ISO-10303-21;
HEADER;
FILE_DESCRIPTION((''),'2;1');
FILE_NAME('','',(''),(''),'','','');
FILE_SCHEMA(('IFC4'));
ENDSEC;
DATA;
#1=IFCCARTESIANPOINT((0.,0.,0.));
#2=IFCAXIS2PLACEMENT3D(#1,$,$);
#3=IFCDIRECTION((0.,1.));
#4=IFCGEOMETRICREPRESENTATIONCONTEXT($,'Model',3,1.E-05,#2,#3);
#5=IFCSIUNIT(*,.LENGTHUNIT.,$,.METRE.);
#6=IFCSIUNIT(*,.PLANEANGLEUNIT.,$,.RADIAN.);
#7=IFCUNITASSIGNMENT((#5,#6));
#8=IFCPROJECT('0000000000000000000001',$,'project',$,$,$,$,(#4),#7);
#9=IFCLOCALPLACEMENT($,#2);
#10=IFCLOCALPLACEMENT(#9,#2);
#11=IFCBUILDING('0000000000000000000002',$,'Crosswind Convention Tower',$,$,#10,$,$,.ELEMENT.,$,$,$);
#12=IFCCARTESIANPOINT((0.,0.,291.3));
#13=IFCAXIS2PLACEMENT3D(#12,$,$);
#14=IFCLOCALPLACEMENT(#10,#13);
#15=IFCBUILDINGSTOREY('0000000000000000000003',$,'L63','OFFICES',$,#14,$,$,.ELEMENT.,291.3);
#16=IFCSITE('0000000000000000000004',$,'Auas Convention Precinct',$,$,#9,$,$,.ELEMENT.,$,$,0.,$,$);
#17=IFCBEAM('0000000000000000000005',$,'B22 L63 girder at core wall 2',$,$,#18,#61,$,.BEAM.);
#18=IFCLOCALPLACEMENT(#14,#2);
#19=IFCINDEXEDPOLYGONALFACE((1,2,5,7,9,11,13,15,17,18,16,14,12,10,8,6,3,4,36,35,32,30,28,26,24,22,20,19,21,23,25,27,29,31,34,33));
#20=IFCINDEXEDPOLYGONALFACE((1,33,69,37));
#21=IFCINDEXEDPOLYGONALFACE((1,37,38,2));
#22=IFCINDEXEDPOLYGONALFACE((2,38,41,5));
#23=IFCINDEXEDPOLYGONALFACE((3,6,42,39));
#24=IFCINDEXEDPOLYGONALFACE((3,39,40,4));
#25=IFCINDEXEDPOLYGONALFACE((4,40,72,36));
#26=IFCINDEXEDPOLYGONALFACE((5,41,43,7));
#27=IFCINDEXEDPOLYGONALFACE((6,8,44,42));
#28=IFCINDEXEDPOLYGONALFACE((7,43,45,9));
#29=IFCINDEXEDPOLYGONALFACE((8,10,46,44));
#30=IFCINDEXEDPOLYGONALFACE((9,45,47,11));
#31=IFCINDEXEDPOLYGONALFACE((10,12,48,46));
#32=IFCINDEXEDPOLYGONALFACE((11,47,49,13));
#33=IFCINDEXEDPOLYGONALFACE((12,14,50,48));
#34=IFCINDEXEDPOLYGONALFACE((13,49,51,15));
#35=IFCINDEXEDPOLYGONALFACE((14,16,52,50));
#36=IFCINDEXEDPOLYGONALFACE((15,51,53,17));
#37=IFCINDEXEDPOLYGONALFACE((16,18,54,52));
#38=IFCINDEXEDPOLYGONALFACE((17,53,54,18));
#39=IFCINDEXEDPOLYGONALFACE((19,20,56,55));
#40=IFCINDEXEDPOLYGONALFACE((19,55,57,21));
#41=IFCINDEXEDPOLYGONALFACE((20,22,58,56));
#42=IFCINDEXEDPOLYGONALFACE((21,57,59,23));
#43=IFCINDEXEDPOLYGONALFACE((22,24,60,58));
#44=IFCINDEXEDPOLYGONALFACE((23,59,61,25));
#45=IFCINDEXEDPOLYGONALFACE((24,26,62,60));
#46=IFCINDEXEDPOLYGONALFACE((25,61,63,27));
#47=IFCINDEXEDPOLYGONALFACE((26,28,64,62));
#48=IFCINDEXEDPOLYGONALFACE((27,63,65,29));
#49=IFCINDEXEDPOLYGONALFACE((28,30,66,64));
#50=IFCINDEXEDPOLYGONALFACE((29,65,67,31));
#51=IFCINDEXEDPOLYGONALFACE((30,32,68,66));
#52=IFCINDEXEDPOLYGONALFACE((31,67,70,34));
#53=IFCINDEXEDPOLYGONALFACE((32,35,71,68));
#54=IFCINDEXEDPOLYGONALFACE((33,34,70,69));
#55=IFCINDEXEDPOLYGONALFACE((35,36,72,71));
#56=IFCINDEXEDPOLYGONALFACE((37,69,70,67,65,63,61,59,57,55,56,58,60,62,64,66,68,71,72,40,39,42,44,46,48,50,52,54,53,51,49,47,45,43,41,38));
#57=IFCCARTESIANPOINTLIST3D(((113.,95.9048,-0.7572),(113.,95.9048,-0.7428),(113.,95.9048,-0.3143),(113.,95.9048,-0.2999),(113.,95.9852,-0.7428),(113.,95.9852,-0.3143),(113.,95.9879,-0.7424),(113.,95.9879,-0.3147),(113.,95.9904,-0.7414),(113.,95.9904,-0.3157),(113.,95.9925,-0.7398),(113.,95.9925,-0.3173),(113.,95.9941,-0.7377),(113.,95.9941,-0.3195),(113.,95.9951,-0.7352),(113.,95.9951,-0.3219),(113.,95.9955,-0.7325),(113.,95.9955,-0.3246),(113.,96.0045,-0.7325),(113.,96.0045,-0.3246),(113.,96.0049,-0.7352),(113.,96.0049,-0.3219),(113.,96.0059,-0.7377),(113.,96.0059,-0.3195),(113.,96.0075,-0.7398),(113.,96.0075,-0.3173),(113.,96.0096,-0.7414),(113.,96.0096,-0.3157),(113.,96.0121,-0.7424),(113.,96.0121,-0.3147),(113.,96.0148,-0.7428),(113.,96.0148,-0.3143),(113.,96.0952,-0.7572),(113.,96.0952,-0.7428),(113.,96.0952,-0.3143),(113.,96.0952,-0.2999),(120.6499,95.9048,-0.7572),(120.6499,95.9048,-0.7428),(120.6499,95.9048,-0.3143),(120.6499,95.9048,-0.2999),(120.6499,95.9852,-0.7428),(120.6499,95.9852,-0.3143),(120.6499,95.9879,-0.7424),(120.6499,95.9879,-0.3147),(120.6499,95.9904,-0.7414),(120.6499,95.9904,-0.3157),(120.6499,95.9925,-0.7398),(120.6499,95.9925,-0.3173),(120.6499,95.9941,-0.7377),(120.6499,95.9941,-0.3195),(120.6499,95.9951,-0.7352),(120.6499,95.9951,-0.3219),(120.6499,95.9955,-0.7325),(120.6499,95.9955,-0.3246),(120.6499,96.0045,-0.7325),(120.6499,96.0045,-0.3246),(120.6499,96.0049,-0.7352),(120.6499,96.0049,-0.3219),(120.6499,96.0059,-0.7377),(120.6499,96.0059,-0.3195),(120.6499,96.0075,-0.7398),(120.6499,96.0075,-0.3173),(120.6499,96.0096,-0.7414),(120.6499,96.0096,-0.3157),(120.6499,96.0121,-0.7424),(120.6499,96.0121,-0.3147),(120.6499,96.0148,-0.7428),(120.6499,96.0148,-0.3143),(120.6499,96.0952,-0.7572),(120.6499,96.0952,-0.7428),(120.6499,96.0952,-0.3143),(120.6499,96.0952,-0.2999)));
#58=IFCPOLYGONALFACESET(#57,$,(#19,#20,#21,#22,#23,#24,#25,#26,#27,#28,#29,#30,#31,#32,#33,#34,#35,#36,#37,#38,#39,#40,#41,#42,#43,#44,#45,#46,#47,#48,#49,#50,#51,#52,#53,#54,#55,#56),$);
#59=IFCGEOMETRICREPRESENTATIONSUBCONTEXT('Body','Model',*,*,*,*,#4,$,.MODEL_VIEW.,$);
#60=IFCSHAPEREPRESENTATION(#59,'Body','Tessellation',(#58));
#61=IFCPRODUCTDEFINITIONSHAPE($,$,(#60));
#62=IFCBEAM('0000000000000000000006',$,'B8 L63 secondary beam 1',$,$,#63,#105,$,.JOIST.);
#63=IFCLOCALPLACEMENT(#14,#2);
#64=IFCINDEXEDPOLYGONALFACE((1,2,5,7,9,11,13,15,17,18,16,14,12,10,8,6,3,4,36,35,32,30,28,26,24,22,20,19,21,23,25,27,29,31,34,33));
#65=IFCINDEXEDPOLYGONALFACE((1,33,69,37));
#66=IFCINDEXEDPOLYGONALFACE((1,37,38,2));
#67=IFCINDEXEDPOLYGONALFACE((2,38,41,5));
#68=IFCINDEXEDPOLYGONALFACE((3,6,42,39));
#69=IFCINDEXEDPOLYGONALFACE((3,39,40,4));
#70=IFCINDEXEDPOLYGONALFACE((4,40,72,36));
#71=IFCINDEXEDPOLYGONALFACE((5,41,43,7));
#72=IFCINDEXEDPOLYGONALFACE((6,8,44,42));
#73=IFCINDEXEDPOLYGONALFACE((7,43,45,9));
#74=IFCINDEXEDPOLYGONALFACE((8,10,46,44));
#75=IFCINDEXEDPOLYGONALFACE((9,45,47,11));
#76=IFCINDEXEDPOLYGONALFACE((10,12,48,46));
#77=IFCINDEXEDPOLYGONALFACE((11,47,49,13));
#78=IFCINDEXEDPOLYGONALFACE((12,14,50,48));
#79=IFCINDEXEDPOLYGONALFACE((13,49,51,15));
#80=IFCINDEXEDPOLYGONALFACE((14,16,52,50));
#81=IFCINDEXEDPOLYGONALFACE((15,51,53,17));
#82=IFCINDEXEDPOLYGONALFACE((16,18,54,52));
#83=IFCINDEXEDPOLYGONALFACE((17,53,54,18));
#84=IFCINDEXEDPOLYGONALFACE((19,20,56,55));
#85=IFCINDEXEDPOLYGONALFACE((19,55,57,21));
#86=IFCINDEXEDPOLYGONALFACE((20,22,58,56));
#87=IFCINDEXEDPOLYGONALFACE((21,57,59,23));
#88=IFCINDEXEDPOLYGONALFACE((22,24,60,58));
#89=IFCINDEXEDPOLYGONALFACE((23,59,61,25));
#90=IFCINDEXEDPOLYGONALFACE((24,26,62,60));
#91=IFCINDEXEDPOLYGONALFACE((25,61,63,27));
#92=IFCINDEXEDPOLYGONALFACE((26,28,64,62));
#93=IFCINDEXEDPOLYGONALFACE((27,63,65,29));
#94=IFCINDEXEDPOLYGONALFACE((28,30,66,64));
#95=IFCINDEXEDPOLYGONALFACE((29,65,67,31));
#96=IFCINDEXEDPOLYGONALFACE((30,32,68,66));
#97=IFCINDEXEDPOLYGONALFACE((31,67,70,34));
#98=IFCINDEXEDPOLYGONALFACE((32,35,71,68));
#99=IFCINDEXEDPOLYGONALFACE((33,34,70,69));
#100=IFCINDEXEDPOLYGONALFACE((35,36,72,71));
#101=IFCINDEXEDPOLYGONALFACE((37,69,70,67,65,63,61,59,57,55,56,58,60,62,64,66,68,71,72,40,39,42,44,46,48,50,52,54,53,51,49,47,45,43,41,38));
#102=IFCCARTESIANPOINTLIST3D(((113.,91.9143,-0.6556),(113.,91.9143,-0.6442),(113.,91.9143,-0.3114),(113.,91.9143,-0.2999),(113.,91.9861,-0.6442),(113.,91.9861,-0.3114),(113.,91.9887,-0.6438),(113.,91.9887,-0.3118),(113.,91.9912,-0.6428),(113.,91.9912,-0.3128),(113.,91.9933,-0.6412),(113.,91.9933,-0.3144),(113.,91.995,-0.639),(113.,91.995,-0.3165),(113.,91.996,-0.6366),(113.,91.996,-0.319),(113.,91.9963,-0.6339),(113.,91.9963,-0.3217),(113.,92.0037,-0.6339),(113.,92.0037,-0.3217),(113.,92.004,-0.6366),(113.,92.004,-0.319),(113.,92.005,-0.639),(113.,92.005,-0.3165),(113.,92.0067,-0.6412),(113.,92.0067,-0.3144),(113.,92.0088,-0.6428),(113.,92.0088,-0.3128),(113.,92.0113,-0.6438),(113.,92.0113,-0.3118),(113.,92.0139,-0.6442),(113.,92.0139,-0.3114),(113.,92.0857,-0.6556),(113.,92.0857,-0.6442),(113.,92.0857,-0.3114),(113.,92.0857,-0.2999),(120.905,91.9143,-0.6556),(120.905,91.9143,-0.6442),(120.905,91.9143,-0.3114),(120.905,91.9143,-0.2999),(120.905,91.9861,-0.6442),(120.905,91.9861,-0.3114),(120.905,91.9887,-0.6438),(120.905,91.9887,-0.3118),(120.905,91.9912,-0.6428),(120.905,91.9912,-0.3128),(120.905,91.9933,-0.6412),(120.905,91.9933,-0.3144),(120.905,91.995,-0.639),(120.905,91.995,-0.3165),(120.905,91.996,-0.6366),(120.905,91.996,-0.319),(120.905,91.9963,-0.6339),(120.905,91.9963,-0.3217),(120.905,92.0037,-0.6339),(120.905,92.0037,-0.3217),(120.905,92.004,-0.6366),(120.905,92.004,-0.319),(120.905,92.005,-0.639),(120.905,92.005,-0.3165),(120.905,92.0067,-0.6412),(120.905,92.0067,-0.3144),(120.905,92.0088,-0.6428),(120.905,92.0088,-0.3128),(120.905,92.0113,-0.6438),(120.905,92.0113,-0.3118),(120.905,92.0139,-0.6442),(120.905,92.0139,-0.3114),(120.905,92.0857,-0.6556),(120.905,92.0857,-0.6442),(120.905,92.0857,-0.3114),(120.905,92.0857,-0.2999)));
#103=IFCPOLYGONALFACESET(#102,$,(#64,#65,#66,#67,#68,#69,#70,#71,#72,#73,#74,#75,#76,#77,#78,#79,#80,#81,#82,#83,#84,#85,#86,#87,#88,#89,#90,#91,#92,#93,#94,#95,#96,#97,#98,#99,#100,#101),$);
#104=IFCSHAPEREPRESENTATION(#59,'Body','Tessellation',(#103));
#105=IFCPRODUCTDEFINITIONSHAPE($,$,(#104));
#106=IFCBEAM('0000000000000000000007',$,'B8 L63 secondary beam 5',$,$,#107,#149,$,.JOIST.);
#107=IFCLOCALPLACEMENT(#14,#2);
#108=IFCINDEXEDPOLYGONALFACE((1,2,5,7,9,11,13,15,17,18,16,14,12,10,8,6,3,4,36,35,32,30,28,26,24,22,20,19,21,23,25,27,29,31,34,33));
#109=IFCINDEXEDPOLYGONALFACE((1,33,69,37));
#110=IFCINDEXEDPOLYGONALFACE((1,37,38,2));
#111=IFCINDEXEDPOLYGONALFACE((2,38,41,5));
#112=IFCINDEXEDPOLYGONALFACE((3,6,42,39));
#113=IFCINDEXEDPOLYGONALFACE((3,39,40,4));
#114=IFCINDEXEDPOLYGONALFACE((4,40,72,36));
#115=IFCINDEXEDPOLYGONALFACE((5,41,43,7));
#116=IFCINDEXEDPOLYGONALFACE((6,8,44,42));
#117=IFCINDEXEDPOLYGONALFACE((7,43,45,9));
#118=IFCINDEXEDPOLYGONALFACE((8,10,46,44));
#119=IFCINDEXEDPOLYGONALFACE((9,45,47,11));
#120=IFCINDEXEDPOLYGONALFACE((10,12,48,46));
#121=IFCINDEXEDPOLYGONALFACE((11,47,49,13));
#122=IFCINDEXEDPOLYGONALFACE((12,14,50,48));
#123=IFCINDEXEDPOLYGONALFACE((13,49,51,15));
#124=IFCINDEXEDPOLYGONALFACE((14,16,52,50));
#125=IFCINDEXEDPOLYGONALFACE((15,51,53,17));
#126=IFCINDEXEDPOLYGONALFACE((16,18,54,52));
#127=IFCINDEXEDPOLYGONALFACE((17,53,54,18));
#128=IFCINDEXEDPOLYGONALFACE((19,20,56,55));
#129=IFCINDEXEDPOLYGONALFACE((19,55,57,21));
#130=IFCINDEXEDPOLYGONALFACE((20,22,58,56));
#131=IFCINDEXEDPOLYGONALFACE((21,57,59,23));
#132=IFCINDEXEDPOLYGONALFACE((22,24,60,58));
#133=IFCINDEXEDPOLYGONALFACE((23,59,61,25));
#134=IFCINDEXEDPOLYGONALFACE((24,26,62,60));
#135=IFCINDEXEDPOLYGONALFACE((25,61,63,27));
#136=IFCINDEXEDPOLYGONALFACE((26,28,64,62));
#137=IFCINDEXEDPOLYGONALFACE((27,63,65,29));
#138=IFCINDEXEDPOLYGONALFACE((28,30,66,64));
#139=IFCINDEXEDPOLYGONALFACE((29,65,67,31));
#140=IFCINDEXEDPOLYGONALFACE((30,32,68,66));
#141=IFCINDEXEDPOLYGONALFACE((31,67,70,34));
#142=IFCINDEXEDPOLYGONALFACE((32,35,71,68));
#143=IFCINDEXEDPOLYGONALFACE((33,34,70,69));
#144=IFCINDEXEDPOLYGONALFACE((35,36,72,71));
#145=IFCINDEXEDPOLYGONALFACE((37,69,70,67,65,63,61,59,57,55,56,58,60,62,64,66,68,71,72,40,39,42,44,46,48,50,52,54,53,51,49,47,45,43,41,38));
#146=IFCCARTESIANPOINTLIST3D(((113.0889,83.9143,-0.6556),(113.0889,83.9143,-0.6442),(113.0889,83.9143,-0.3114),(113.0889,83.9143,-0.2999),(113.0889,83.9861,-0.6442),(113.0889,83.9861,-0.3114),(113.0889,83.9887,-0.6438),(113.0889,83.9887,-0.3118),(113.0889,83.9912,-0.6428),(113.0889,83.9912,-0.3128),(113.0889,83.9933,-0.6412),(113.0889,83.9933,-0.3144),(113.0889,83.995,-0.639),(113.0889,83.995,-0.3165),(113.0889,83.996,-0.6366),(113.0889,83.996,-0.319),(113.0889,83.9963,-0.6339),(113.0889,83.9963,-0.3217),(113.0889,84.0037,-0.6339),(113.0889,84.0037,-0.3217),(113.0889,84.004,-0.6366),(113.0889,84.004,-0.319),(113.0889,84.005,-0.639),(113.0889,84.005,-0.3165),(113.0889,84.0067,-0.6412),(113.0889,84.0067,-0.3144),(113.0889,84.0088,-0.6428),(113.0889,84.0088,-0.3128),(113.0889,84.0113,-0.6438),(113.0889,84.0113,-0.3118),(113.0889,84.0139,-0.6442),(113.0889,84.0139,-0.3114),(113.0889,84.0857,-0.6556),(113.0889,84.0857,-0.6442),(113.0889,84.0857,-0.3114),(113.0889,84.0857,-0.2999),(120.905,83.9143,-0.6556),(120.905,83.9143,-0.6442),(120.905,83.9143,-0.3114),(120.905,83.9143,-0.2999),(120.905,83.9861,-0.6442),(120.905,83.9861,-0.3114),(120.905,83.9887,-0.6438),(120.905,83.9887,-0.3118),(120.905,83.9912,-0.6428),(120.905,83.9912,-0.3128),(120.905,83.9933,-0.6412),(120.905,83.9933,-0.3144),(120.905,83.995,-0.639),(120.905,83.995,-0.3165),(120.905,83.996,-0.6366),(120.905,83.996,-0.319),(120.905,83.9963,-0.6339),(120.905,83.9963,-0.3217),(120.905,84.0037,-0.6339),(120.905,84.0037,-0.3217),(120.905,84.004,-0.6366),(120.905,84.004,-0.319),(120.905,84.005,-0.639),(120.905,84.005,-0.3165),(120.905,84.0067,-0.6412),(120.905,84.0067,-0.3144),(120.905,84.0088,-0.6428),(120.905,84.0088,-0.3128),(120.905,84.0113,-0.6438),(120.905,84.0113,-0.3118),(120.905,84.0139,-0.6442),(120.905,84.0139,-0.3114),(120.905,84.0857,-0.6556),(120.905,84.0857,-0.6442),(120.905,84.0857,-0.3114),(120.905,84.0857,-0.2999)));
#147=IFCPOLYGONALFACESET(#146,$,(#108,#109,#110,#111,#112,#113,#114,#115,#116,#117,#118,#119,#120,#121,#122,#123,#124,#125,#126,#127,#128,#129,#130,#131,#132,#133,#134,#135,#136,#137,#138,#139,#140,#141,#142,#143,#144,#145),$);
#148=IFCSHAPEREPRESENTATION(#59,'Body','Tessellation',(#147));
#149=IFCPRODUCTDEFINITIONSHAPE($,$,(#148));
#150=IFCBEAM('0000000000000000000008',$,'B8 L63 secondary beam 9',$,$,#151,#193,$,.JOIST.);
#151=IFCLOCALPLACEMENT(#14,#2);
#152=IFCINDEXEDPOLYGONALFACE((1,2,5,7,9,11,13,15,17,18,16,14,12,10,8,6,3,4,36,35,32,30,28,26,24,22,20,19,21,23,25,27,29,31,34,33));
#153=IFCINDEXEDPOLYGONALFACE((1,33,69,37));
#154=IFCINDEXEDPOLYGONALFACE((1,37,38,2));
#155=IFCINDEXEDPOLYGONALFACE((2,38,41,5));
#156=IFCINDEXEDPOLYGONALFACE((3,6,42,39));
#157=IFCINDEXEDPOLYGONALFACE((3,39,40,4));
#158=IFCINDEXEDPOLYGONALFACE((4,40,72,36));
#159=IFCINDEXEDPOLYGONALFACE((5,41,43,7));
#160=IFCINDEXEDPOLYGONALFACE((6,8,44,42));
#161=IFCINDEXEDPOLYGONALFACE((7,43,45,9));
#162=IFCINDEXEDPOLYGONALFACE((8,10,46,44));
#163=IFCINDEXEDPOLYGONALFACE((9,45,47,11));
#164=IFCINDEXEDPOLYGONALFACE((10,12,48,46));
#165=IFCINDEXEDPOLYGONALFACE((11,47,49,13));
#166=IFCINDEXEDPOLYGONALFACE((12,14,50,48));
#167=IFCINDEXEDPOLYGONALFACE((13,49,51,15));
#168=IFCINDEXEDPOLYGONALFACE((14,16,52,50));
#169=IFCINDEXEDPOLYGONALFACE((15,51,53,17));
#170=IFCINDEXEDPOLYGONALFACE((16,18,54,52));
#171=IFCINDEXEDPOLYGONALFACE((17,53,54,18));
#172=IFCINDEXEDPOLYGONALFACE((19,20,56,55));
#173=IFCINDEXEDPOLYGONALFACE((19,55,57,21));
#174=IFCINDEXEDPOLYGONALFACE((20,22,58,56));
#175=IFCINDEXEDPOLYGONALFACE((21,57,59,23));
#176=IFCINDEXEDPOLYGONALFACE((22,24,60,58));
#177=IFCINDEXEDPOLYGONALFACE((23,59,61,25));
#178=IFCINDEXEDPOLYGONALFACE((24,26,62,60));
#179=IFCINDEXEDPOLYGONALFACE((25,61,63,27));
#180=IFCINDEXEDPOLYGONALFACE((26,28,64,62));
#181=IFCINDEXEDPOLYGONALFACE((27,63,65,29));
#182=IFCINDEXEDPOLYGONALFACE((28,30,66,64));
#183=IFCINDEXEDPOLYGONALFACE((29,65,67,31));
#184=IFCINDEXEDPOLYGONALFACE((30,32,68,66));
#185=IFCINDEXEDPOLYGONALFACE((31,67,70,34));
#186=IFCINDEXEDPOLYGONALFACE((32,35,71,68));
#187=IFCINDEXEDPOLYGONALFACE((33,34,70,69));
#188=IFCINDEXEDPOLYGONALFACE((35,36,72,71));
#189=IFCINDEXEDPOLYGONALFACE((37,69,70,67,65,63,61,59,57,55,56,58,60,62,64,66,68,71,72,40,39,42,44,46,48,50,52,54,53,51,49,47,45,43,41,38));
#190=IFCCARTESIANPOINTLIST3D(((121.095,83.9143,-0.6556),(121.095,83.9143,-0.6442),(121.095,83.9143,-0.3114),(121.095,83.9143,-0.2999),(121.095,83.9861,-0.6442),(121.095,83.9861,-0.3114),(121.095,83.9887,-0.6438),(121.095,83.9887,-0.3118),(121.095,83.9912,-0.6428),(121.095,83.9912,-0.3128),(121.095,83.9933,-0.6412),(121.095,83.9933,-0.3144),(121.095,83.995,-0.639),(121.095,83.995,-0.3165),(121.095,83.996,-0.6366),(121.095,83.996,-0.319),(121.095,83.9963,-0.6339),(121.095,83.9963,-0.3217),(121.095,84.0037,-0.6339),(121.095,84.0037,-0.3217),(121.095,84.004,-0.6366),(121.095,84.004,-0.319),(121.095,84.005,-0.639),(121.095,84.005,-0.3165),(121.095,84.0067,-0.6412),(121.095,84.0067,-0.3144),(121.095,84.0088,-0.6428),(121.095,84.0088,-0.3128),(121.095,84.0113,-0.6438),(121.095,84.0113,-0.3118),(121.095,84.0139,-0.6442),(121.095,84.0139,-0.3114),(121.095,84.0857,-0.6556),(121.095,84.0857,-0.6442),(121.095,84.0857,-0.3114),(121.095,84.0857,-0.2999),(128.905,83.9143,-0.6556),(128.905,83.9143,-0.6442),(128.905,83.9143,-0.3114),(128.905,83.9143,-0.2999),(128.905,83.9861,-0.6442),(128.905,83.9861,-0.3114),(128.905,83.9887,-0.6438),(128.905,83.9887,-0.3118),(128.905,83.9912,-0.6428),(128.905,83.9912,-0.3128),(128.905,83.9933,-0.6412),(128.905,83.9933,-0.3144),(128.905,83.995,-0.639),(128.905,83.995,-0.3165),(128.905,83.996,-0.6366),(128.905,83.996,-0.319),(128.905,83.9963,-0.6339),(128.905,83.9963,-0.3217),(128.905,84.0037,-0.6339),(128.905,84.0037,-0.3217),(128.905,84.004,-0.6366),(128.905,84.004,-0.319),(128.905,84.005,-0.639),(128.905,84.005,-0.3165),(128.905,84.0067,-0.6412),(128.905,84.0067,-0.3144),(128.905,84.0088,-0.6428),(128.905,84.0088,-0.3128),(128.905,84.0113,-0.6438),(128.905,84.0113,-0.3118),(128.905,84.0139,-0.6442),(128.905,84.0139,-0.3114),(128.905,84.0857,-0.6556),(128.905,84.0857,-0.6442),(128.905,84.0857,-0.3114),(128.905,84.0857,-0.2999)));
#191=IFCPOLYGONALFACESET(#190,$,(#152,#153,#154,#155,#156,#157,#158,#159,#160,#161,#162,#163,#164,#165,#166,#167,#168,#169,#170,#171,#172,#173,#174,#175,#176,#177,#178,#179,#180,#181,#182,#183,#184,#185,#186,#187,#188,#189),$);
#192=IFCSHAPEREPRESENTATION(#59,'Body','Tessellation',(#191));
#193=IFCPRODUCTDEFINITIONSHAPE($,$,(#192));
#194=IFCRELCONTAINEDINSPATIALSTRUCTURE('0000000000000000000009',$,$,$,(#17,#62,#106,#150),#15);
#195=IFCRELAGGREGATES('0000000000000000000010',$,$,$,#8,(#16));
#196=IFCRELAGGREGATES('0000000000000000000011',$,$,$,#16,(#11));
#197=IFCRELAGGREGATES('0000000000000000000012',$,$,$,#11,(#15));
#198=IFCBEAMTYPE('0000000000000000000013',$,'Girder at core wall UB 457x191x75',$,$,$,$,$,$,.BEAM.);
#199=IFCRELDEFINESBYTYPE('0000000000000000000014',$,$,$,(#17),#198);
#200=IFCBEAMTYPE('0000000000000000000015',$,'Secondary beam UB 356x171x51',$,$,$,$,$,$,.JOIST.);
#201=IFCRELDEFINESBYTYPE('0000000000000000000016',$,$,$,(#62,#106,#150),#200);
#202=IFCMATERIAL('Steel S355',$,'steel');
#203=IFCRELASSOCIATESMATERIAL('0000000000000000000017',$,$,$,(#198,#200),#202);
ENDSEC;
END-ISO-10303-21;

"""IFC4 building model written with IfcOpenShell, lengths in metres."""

from ifc_helpers import new_model, si_unit, direction, frame, origin, origin_2d, place, context, subcontext, project, spatial, i_section, extrude, material, material_profile, profile_set, type_object, element, save


model = new_model("IFC4")

# Units and contexts
model_context = context("Model", 3, precision=1e-05, world=origin(), true_north=direction((0.0, 1.0)))
body_context = subcontext(model_context, "Body", "Model", "MODEL_VIEW")
ifc_project = project(units=[si_unit("LENGTHUNIT", "METRE"), si_unit("PLANEANGLEUNIT", "RADIAN")], contexts=[model_context])

# Site, building, storey
site_placement = place(None, origin())
site = spatial("IfcSite", under=ifc_project, at=site_placement, Name="Auas Convention Precinct", CompositionType="ELEMENT", RefElevation=0.0)
building_placement = place(site_placement, origin())
building = spatial("IfcBuilding", under=site, at=building_placement, Name="Crosswind Convention Tower", CompositionType="ELEMENT")
storey_placement = place(building_placement, frame((0.0, 0.0, 291.3)))
storey = spatial("IfcBuildingStorey", under=building, at=storey_placement, Name="L63", Description="OFFICES", CompositionType="ELEMENT", Elevation=291.3)

# Beams
ifc_material_1 = material(Name="Steel S355", Category="steel")
ifc_material_profile_1 = material_profile(ifc_material_1, i_section(OverallWidth=0.1904, OverallDepth=0.4573, WebThickness=0.009, FlangeThickness=0.0144, FilletRadius=0.0103, at=origin_2d()), Name="UB 457x191x75")
ifc_profile_set_1 = profile_set([ifc_material_profile_1], Name="Steel S355")
beam_type_1 = type_object("IfcBeamType", Name="Girder at core wall UB 457x191x75", PredefinedType="BEAM", material=ifc_profile_set_1)
for number, where, z_axis, x_axis, name in (
    (1, (113.0, 96.0, -0.5286), (1.0, 0.0, 0.0), (0.0, 1.0, 0.0), "B22 L63 girder at core wall 2"),
):
    element("IfcBeam", number, at=place(storey_placement, frame(where, z_axis=z_axis, x_axis=x_axis)), inside=storey, type_object=beam_type_1, Name=name, PredefinedType="BEAM", context=body_context, shape_type="SweptSolid", body=[
        extrude(i_section(OverallWidth=0.1904, OverallDepth=0.4573, WebThickness=0.009, FlangeThickness=0.0144, FilletRadius=0.0103, at=origin_2d()), origin(), (0.0, 0.0, 1.0), 7.6499),
    ])
ifc_material_profile_2 = material_profile(ifc_material_1, i_section(OverallWidth=0.1714, OverallDepth=0.3557, WebThickness=0.0073, FlangeThickness=0.0115, FilletRadius=0.0103, at=origin_2d()), Name="UB 356x171x51")
ifc_profile_set_2 = profile_set([ifc_material_profile_2], Name="Steel S355")
beam_type_2 = type_object("IfcBeamType", Name="Secondary beam UB 356x171x51", PredefinedType="JOIST", material=ifc_profile_set_2)
beam_1_placement = place(storey_placement, frame((113.0, 92.0, -0.4778), z_axis=(1.0, 0.0, 0.0), x_axis=(0.0, 1.0, 0.0)))
element("IfcBeam", 2, at=beam_1_placement, inside=storey, type_object=beam_type_2, Name="B8 L63 secondary beam 1", PredefinedType="JOIST", context=body_context, shape_type="SweptSolid", body=[
    extrude(i_section(OverallWidth=0.1714, OverallDepth=0.3557, WebThickness=0.0073, FlangeThickness=0.0115, FilletRadius=0.0103, at=origin_2d()), origin(), (0.0, 0.0, 1.0), 7.905),
])
beam_2_placement = place(storey_placement, frame((113.0889, 84.0, -0.4778), z_axis=(1.0, 0.0, 0.0), x_axis=(0.0, 1.0, 0.0)))
element("IfcBeam", 3, at=beam_2_placement, inside=storey, type_object=beam_type_2, Name="B8 L63 secondary beam 5", PredefinedType="JOIST", context=body_context, shape_type="SweptSolid", body=[
    extrude(i_section(OverallWidth=0.1714, OverallDepth=0.3557, WebThickness=0.0073, FlangeThickness=0.0115, FilletRadius=0.0103, at=origin_2d()), origin(), (0.0, 0.0, 1.0), 7.8162),
])
for number, where, z_axis, x_axis, name in (
    (4, (121.095, 84.0, -0.4778), (1.0, 0.0, 0.0), (0.0, 1.0, 0.0), "B8 L63 secondary beam 9"),
):
    element("IfcBeam", number, at=place(storey_placement, frame(where, z_axis=z_axis, x_axis=x_axis)), inside=storey, type_object=beam_type_2, Name=name, PredefinedType="JOIST", context=body_context, shape_type="SweptSolid", body=[
        extrude(i_section(OverallWidth=0.1714, OverallDepth=0.3557, WebThickness=0.0073, FlangeThickness=0.0115, FilletRadius=0.0103, at=origin_2d()), origin(), (0.0, 0.0, 1.0), 7.8101),
    ])

save(model, "model.ifc")
